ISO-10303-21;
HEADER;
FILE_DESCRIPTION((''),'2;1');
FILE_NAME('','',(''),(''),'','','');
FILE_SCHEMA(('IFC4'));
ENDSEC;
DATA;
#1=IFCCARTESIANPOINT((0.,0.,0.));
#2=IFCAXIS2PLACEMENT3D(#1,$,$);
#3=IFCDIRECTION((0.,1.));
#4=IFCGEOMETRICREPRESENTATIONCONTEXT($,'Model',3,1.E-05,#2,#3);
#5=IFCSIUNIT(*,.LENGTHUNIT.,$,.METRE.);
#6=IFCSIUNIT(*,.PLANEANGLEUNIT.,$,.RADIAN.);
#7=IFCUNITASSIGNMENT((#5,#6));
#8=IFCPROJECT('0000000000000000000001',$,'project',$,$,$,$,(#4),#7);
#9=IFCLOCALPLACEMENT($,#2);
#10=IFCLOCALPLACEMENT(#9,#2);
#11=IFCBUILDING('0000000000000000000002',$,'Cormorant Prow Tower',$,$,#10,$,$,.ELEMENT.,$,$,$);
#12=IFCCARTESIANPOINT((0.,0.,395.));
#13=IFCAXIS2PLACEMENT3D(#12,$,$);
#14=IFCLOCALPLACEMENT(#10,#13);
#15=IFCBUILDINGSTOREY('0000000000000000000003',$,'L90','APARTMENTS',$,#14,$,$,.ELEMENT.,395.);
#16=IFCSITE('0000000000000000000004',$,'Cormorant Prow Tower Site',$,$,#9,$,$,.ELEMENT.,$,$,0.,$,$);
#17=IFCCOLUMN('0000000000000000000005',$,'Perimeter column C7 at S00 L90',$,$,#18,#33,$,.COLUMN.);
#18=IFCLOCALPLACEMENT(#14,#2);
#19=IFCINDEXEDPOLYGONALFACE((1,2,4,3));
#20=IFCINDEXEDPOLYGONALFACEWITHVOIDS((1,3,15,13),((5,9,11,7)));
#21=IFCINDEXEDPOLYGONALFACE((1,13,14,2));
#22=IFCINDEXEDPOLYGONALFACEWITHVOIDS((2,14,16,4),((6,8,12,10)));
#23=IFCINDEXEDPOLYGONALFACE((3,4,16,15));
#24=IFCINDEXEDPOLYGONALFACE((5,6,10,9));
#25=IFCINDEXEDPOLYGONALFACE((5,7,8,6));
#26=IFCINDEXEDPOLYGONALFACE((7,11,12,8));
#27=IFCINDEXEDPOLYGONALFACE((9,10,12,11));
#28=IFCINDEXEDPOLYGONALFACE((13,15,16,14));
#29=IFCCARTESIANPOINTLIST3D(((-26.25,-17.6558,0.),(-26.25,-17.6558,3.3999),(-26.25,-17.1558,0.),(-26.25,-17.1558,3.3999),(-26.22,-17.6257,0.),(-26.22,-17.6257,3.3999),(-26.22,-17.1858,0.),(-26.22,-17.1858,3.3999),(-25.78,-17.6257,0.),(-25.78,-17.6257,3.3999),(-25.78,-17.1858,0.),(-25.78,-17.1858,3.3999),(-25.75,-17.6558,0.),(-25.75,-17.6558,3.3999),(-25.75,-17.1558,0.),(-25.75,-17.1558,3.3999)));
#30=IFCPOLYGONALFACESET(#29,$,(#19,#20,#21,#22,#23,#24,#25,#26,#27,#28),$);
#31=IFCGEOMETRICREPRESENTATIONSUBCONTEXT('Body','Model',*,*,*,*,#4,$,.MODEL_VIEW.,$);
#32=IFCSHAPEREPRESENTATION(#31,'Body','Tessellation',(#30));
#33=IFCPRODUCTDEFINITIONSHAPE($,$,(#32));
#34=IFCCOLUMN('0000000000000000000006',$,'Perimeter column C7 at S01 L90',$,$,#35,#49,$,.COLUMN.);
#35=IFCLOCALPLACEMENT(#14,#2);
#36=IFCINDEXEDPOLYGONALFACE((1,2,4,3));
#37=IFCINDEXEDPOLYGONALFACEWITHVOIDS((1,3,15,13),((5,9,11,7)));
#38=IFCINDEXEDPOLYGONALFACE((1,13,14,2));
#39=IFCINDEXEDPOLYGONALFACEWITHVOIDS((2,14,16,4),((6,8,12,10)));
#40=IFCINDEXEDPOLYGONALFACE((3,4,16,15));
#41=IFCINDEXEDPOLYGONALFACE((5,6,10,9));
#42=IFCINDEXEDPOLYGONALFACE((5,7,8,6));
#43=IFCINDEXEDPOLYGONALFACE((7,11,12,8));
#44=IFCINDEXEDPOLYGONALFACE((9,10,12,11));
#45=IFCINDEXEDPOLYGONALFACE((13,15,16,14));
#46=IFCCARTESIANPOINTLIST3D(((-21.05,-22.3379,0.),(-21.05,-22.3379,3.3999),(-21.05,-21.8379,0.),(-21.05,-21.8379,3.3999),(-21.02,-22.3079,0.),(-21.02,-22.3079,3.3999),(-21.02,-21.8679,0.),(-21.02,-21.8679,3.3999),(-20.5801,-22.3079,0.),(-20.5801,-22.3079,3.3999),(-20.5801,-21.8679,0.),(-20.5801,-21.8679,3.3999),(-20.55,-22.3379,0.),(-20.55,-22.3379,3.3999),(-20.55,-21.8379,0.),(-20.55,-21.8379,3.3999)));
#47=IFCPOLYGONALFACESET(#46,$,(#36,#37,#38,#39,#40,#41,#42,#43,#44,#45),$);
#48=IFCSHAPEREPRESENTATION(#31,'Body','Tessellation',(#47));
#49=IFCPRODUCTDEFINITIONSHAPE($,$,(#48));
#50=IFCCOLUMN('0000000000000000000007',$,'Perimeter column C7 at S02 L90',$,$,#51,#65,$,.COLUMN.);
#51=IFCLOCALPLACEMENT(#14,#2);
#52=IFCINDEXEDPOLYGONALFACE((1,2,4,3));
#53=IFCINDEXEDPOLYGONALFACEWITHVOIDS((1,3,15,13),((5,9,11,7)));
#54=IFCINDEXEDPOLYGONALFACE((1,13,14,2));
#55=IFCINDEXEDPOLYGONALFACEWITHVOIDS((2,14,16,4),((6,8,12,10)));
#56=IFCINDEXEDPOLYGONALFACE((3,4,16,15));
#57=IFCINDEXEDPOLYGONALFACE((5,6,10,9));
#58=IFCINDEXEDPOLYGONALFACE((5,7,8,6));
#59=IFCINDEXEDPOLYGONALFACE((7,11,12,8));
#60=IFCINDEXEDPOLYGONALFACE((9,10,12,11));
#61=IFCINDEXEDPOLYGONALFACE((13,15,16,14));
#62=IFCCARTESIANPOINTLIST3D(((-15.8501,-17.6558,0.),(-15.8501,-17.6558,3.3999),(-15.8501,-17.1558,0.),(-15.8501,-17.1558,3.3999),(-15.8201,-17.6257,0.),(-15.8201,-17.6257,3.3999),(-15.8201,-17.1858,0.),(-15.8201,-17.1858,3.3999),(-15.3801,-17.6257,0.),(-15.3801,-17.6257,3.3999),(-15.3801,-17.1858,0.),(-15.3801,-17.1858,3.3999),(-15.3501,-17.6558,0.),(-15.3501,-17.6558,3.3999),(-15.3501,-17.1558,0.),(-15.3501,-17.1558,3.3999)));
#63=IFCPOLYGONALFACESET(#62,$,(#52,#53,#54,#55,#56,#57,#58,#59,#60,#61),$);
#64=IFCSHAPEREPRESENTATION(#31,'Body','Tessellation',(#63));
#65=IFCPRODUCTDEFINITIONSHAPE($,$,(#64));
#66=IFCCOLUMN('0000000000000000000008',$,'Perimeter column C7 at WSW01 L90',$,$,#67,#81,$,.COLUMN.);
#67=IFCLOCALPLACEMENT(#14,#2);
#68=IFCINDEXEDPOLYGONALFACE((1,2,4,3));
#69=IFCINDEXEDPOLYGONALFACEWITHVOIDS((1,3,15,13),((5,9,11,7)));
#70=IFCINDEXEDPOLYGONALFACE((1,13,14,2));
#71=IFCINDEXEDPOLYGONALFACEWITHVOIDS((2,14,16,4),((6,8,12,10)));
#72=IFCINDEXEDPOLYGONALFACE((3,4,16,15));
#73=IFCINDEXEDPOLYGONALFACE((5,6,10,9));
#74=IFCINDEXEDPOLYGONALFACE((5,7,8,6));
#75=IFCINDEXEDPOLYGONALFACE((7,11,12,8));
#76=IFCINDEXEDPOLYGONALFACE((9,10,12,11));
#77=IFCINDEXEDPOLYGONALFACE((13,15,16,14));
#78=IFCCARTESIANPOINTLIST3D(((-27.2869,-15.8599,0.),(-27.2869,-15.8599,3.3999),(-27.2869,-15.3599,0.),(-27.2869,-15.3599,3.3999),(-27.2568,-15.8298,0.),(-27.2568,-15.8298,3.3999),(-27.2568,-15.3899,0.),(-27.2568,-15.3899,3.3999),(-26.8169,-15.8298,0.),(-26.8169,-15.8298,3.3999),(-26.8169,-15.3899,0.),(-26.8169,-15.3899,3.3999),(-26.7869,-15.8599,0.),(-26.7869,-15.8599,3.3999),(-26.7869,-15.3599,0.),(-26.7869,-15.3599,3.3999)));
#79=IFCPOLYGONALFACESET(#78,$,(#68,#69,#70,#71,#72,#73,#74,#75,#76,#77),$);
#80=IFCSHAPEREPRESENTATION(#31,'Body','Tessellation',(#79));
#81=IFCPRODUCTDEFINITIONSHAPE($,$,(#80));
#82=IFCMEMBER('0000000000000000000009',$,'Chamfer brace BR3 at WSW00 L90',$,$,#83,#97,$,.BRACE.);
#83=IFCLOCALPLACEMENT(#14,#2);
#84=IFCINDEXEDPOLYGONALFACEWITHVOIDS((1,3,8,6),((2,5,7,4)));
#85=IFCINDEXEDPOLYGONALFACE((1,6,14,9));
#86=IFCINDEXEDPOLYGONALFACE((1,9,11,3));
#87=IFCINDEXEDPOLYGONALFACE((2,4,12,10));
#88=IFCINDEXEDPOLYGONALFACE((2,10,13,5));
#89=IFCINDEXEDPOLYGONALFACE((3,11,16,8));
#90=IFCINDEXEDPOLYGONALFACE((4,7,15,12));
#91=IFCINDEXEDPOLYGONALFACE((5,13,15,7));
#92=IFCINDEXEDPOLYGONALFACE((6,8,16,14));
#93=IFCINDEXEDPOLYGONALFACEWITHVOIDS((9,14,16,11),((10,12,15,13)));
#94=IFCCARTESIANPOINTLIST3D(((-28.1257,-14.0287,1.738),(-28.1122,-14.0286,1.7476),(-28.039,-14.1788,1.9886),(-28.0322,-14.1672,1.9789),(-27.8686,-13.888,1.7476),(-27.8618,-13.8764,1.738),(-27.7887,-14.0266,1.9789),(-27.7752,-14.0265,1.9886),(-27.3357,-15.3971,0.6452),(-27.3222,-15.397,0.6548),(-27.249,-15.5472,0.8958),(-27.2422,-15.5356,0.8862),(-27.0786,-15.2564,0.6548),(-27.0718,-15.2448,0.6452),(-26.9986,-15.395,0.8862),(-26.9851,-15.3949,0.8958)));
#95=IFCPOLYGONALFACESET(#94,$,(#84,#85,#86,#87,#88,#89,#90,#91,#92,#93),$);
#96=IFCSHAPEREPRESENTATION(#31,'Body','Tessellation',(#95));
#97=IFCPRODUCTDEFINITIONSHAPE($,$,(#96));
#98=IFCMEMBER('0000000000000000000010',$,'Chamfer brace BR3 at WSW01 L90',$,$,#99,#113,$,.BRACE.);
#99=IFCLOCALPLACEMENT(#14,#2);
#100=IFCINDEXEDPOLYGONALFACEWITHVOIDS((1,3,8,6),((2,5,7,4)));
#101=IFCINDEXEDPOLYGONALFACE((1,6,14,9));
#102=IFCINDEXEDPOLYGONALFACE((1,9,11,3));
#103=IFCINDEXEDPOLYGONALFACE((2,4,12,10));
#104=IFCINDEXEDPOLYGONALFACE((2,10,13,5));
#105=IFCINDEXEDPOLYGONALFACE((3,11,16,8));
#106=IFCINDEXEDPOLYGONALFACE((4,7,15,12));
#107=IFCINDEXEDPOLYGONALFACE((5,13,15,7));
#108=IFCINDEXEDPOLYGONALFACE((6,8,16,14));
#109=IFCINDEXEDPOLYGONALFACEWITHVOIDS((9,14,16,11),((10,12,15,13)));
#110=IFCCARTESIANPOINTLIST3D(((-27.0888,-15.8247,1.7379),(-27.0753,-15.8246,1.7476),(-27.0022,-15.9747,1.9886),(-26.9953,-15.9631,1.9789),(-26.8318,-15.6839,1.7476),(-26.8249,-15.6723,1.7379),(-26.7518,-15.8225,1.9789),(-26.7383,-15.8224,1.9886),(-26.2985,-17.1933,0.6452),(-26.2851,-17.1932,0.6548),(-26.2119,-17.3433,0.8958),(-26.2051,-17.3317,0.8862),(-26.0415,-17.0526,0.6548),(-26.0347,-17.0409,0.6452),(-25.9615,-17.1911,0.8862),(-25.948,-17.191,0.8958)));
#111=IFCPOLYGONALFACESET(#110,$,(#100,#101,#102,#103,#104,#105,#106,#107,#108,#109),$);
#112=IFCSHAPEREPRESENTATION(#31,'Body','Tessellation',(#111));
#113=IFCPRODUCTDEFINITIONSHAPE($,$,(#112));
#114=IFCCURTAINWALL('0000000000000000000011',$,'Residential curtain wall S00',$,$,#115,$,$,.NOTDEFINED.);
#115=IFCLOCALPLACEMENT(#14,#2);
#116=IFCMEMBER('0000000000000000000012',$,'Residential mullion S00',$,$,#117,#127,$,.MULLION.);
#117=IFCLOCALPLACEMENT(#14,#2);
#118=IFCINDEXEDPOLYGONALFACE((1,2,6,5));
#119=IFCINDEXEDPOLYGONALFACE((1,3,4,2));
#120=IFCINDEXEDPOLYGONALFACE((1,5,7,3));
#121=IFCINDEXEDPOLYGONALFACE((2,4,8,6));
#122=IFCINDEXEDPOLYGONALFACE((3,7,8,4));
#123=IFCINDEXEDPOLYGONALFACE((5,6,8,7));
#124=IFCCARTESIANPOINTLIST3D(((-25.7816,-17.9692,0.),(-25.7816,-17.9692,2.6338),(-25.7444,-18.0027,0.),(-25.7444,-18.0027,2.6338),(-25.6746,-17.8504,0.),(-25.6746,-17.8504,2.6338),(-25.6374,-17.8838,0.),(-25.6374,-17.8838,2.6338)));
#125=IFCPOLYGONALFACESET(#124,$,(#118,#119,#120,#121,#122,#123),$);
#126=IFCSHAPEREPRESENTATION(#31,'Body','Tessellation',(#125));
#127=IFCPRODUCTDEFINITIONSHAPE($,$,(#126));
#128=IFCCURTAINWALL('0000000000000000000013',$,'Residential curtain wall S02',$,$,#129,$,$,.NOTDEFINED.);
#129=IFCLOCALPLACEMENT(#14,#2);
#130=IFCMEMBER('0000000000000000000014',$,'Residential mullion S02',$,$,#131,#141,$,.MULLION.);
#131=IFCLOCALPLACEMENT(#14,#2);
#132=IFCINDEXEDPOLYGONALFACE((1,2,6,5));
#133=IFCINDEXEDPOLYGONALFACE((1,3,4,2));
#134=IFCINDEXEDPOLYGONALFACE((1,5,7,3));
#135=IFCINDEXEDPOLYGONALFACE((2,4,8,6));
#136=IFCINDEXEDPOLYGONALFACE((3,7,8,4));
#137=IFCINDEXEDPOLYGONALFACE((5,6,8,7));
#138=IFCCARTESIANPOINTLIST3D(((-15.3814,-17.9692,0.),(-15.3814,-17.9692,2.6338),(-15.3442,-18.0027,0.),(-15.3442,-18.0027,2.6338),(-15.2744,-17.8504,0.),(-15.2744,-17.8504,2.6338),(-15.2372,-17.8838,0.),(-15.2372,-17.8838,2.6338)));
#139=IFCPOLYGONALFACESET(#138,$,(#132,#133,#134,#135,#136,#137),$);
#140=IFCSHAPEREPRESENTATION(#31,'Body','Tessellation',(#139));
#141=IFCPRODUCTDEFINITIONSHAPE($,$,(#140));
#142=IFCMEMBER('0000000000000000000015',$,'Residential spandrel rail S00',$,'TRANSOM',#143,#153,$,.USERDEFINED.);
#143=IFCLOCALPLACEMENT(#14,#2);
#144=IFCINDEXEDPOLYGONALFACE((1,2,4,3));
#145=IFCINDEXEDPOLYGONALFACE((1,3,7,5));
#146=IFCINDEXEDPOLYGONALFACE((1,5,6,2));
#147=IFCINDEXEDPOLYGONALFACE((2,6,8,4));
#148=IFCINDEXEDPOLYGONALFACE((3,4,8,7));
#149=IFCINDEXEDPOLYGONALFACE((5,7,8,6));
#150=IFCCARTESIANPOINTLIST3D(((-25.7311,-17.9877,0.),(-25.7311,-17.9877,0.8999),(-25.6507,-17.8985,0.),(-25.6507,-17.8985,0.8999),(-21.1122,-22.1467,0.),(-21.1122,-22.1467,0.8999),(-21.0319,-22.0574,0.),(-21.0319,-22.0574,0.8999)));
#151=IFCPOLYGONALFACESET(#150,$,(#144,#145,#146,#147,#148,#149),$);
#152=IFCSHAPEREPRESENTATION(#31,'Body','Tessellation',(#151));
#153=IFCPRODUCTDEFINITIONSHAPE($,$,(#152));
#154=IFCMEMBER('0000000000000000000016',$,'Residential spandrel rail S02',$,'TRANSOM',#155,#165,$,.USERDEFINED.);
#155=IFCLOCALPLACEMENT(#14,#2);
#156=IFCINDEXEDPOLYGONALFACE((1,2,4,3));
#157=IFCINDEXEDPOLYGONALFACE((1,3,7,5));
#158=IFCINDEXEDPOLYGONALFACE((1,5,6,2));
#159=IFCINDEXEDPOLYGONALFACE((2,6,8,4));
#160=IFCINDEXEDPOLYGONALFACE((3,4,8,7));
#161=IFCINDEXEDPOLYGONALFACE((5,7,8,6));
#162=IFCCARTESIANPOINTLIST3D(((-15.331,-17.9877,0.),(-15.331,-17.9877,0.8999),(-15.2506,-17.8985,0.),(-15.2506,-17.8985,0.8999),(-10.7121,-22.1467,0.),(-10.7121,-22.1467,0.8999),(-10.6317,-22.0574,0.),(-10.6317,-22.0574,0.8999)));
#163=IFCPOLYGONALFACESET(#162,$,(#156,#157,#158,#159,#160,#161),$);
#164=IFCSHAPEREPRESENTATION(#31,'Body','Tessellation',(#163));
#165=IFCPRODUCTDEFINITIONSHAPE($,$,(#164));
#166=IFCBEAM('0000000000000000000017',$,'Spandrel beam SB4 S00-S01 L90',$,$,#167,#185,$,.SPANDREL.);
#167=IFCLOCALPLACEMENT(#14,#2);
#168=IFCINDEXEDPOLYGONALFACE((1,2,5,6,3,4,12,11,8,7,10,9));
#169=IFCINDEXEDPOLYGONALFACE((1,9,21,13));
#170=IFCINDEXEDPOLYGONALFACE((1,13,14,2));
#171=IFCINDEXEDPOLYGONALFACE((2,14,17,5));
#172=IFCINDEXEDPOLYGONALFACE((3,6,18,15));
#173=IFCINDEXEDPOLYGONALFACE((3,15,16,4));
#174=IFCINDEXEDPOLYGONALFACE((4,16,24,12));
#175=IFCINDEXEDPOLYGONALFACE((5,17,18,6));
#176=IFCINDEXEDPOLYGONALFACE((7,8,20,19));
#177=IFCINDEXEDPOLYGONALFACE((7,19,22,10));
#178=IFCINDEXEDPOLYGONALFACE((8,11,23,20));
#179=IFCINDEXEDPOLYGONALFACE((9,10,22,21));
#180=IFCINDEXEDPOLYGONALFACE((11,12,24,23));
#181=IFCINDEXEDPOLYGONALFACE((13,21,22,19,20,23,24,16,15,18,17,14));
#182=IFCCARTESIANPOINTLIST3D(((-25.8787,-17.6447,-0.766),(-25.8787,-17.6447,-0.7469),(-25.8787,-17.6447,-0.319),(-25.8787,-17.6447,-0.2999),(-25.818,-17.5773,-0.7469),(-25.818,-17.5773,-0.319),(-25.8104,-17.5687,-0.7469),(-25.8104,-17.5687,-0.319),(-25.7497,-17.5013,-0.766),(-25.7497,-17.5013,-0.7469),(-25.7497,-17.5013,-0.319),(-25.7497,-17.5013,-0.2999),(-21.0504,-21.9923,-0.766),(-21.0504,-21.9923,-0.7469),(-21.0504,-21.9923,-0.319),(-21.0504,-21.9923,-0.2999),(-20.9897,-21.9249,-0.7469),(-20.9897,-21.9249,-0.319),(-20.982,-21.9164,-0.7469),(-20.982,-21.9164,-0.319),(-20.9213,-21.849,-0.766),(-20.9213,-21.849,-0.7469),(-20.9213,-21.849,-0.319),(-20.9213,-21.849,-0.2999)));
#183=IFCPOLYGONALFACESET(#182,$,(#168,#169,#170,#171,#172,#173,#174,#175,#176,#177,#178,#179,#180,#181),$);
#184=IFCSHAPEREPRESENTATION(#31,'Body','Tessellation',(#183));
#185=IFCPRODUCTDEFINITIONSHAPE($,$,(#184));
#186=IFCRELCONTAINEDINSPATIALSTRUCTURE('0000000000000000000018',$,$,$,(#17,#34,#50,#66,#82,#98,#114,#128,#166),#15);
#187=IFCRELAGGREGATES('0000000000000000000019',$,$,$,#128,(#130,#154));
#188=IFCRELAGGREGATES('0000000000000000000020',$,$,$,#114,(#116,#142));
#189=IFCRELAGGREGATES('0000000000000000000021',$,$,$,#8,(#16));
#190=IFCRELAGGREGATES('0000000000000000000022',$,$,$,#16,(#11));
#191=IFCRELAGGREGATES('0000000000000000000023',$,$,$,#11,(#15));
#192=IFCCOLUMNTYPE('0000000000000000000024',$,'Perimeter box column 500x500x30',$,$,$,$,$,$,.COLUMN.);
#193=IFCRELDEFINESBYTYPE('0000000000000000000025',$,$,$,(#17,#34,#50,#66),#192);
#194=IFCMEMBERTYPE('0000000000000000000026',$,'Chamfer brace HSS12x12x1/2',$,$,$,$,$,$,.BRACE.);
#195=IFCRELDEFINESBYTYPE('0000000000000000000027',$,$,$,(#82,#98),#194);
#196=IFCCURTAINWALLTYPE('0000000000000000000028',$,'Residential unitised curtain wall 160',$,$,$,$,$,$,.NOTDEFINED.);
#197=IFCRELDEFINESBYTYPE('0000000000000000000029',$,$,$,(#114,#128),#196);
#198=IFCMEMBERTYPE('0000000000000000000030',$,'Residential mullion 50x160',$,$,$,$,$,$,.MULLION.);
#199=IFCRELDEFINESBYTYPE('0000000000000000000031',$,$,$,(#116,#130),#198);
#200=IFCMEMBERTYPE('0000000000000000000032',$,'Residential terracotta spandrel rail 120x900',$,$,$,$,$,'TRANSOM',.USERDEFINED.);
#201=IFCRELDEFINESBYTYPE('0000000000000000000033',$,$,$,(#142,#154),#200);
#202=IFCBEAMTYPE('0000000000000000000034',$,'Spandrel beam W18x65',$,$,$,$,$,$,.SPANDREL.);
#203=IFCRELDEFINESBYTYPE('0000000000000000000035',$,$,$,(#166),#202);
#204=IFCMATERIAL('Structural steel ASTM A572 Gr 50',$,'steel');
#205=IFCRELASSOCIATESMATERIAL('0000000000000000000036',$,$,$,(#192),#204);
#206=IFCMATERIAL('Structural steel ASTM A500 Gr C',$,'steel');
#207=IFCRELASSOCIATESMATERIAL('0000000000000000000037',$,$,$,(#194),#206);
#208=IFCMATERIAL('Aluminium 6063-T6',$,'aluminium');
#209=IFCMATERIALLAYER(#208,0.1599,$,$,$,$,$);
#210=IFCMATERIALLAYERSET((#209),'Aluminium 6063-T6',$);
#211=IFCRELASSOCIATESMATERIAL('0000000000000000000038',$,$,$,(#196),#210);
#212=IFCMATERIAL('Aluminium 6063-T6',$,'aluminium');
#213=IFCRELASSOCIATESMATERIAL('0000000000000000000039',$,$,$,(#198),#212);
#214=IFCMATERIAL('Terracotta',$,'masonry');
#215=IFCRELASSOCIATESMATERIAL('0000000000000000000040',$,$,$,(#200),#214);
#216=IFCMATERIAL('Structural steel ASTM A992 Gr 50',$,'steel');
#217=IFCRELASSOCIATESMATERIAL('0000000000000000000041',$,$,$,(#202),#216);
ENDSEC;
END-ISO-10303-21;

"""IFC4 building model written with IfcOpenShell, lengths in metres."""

from ifc_helpers import new_model, si_unit, direction, frame, origin, origin_2d, place, context, subcontext, project, spatial, rectangle, hollow_rectangle, i_section, extrude, material, layer, layer_set, material_profile, profile_set, type_object, element, aggregate, save


model = new_model("IFC4")

# Units and contexts
model_context = context("Model", 3, precision=1e-05, world=origin(), true_north=direction((0.0, 1.0)))
body_context = subcontext(model_context, "Body", "Model", "MODEL_VIEW")
ifc_project = project(units=[si_unit("LENGTHUNIT", "METRE"), si_unit("PLANEANGLEUNIT", "RADIAN")], contexts=[model_context])

# Site, building, storey
site_placement = place(None, origin())
site = spatial("IfcSite", under=ifc_project, at=site_placement, Name="Cormorant Prow Tower Site", CompositionType="ELEMENT", RefElevation=0.0)
building_placement = place(site_placement, origin())
building = spatial("IfcBuilding", under=site, at=building_placement, Name="Cormorant Prow Tower", CompositionType="ELEMENT")
storey_placement = place(building_placement, frame((0.0, 0.0, 395.0)))
storey = spatial("IfcBuildingStorey", under=building, at=storey_placement, Name="L90", Description="APARTMENTS", CompositionType="ELEMENT", Elevation=395.0)

# Columns
ifc_material_1 = material(Name="Structural steel ASTM A572 Gr 50", Category="steel")
ifc_material_profile_1 = material_profile(ifc_material_1, hollow_rectangle(XDim=0.5, YDim=0.5, WallThickness=0.03, at=origin_2d()), Name="Box 500x500x30")
ifc_profile_set_1 = profile_set([ifc_material_profile_1], Name="Structural steel ASTM A572 Gr 50")
column_type = type_object("IfcColumnType", Name="Perimeter box column 500x500x30", PredefinedType="COLUMN", material=ifc_profile_set_1)
for number, where, z_axis, x_axis, name in (
    (1, (-26.0, -17.4058, 0.0), (0.0, 0.0, 1.0), (1.0, 0.0, 0.0), "Perimeter column C7 at S00 L90"),
    (2, (-20.8, -22.0879, 0.0), (0.0, 0.0, 1.0), (1.0, 0.0, 0.0), "Perimeter column C7 at S01 L90"),
    (3, (-15.6001, -17.4058, 0.0), (0.0, 0.0, 1.0), (1.0, 0.0, 0.0), "Perimeter column C7 at S02 L90"),
    (4, (-27.0369, -15.6099, 0.0), (0.0, 0.0, 1.0), (1.0, 0.0, 0.0), "Perimeter column C7 at WSW01 L90"),
):
    element("IfcColumn", number, at=place(storey_placement, frame(where, z_axis=z_axis, x_axis=x_axis)), inside=storey, type_object=column_type, Name=name, PredefinedType="COLUMN", context=body_context, shape_type="SweptSolid", body=[
        extrude(hollow_rectangle(XDim=0.5, YDim=0.5, WallThickness=0.03, at=origin_2d()), origin(), (0.0, 0.0, 1.0), 3.3999),
    ])

# Members
ifc_material_2 = material(Name="Structural steel ASTM A500 Gr C", Category="steel")
ifc_material_profile_2 = material_profile(ifc_material_2, hollow_rectangle(XDim=0.3047, YDim=0.3047, WallThickness=0.0117, at=origin_2d()), Name="HSS12x12x1/2")
ifc_profile_set_2 = profile_set([ifc_material_profile_2], Name="Structural steel ASTM A500 Gr C")
member_type_1 = type_object("IfcMemberType", Name="Chamfer brace HSS12x12x1/2", PredefinedType="BRACE", material=ifc_profile_set_2)
member_1_placement = place(storey_placement, frame((-27.1604, -15.396, 0.7705), z_axis=(-0.41123, 0.712282, 0.568809), x_axis=(-0.866029, -0.499994, 0.0)))
element("IfcMember", 5, at=member_1_placement, inside=storey, type_object=member_type_1, Name="Chamfer brace BR3 at WSW00 L90", PredefinedType="BRACE", context=body_context, shape_type="SweptSolid", body=[
    extrude(hollow_rectangle(XDim=0.3047, YDim=0.3047, WallThickness=0.0117, at=origin_2d()), origin(), (0.0, 0.0, 1.0), 1.9211),
])
member_2_placement = place(storey_placement, frame((-26.1233, -17.1921, 0.7705), z_axis=(-0.411299, 0.712308, 0.568728), x_axis=(-0.866, -0.500043, 0.0)))
element("IfcMember", 6, at=member_2_placement, inside=storey, type_object=member_type_1, Name="Chamfer brace BR3 at WSW01 L90", PredefinedType="BRACE", context=body_context, shape_type="SweptSolid", body=[
    extrude(hollow_rectangle(XDim=0.3047, YDim=0.3047, WallThickness=0.0117, at=origin_2d()), origin(), (0.0, 0.0, 1.0), 1.9214),
])

# Curtain walls, members
ifc_material_3 = material(Name="Aluminium 6063-T6", Category="aluminium")
ifc_layer_1 = layer(ifc_material_3, 0.1599)
ifc_layer_set_1 = layer_set([ifc_layer_1], Name="Aluminium 6063-T6")
curtain_wall_type = type_object("IfcCurtainWallType", Name="Residential unitised curtain wall 160", PredefinedType="NOTDEFINED", material=ifc_layer_set_1)
curtain_wall_1_placement = place(storey_placement, origin())
curtain_wall_1 = element("IfcCurtainWall", 7, at=curtain_wall_1_placement, inside=storey, type_object=curtain_wall_type, Name="Residential curtain wall S00", PredefinedType="NOTDEFINED")
ifc_material_4 = material(Name="Aluminium 6063-T6", Category="aluminium")
ifc_material_profile_3 = material_profile(ifc_material_4, rectangle(XDim=0.1599, YDim=0.05, at=origin_2d()), Name="Residential mullion 50x160")
ifc_profile_set_3 = profile_set([ifc_material_profile_3], Name="Aluminium 6063-T6")
member_type_2 = type_object("IfcMemberType", Name="Residential mullion 50x160", PredefinedType="MULLION", material=ifc_profile_set_3)
member_3_placement = place(storey_placement, frame((-25.7095, -17.9265, 0.0), z_axis=(0.0, 0.0, 1.0), x_axis=(0.669131, 0.743145, 0.0)))
member_3 = element("IfcMember", 8, at=member_3_placement, type_object=member_type_2, Name="Residential mullion S00", PredefinedType="MULLION", context=body_context, shape_type="SweptSolid", body=[
    extrude(rectangle(XDim=0.1599, YDim=0.05, at=origin_2d()), origin(), (0.0, 0.0, 1.0), 2.6338),
])
curtain_wall_2_placement = place(storey_placement, origin())
curtain_wall_2 = element("IfcCurtainWall", 9, at=curtain_wall_2_placement, inside=storey, type_object=curtain_wall_type, Name="Residential curtain wall S02", PredefinedType="NOTDEFINED")
member_4_placement = place(storey_placement, frame((-15.3093, -17.9265, 0.0), z_axis=(0.0, 0.0, 1.0), x_axis=(0.669131, 0.743145, 0.0)))
member_4 = element("IfcMember", 10, at=member_4_placement, type_object=member_type_2, Name="Residential mullion S02", PredefinedType="MULLION", context=body_context, shape_type="SweptSolid", body=[
    extrude(rectangle(XDim=0.1599, YDim=0.05, at=origin_2d()), origin(), (0.0, 0.0, 1.0), 2.6338),
])

# Members
ifc_material_5 = material(Name="Terracotta", Category="masonry")
ifc_material_profile_4 = material_profile(ifc_material_5, rectangle(XDim=0.1201, YDim=0.8999, at=origin_2d()), Name="Residential terracotta spandrel rail 120x900")
ifc_profile_set_4 = profile_set([ifc_material_profile_4], Name="Terracotta")
member_type_3 = type_object("IfcMemberType", Name="Residential terracotta spandrel rail 120x900", ElementType="TRANSOM", PredefinedType="USERDEFINED", material=ifc_profile_set_4)
member_5_placement = place(storey_placement, frame((-25.6909, -17.9431, 0.45), z_axis=(0.74314, -0.669136, 0.0), x_axis=(0.669136, 0.74314, 0.0)))
member_5 = element("IfcMember", 11, at=member_5_placement, type_object=member_type_3, Name="Residential spandrel rail S00", ObjectType="TRANSOM", PredefinedType="USERDEFINED", context=body_context, shape_type="SweptSolid", body=[
    extrude(rectangle(XDim=0.1201, YDim=0.8999, at=origin_2d()), origin(), (0.0, 0.0, 1.0), 6.2153),
])
member_6_placement = place(storey_placement, frame((-15.2908, -17.9431, 0.45), z_axis=(0.74314, -0.669136, 0.0), x_axis=(0.669136, 0.74314, 0.0)))
member_6 = element("IfcMember", 12, at=member_6_placement, type_object=member_type_3, Name="Residential spandrel rail S02", ObjectType="TRANSOM", PredefinedType="USERDEFINED", context=body_context, shape_type="SweptSolid", body=[
    extrude(rectangle(XDim=0.1201, YDim=0.8999, at=origin_2d()), origin(), (0.0, 0.0, 1.0), 6.2153),
])
aggregate(curtain_wall_2, [member_4, member_6])

# Beam
ifc_material_6 = material(Name="Structural steel ASTM A992 Gr 50", Category="steel")
ifc_material_profile_5 = material_profile(ifc_material_6, i_section(OverallWidth=0.1929, OverallDepth=0.4661, WebThickness=0.0115, FlangeThickness=0.019, at=origin_2d()), Name="W18x65")
ifc_profile_set_5 = profile_set([ifc_material_profile_5], Name="Structural steel ASTM A992 Gr 50")
beam_type = type_object("IfcBeamType", Name="Spandrel beam W18x65", PredefinedType="SPANDREL", material=ifc_profile_set_5)
for number, where, z_axis, x_axis, name in (
    (13, (-25.8142, -17.573, -0.533), (0.743132, -0.669145, 0.0), (0.669145, 0.743132, 0.0), "Spandrel beam SB4 S00-S01 L90"),
):
    element("IfcBeam", number, at=place(storey_placement, frame(where, z_axis=z_axis, x_axis=x_axis)), inside=storey, type_object=beam_type, Name=name, PredefinedType="SPANDREL", context=body_context, shape_type="SweptSolid", body=[
        extrude(i_section(OverallWidth=0.1929, OverallDepth=0.4661, WebThickness=0.0115, FlangeThickness=0.019, at=origin_2d()), origin(), (0.0, 0.0, 1.0), 6.4973),
    ])

aggregate(curtain_wall_1, [member_3, member_5])

save(model, "model.ifc")
